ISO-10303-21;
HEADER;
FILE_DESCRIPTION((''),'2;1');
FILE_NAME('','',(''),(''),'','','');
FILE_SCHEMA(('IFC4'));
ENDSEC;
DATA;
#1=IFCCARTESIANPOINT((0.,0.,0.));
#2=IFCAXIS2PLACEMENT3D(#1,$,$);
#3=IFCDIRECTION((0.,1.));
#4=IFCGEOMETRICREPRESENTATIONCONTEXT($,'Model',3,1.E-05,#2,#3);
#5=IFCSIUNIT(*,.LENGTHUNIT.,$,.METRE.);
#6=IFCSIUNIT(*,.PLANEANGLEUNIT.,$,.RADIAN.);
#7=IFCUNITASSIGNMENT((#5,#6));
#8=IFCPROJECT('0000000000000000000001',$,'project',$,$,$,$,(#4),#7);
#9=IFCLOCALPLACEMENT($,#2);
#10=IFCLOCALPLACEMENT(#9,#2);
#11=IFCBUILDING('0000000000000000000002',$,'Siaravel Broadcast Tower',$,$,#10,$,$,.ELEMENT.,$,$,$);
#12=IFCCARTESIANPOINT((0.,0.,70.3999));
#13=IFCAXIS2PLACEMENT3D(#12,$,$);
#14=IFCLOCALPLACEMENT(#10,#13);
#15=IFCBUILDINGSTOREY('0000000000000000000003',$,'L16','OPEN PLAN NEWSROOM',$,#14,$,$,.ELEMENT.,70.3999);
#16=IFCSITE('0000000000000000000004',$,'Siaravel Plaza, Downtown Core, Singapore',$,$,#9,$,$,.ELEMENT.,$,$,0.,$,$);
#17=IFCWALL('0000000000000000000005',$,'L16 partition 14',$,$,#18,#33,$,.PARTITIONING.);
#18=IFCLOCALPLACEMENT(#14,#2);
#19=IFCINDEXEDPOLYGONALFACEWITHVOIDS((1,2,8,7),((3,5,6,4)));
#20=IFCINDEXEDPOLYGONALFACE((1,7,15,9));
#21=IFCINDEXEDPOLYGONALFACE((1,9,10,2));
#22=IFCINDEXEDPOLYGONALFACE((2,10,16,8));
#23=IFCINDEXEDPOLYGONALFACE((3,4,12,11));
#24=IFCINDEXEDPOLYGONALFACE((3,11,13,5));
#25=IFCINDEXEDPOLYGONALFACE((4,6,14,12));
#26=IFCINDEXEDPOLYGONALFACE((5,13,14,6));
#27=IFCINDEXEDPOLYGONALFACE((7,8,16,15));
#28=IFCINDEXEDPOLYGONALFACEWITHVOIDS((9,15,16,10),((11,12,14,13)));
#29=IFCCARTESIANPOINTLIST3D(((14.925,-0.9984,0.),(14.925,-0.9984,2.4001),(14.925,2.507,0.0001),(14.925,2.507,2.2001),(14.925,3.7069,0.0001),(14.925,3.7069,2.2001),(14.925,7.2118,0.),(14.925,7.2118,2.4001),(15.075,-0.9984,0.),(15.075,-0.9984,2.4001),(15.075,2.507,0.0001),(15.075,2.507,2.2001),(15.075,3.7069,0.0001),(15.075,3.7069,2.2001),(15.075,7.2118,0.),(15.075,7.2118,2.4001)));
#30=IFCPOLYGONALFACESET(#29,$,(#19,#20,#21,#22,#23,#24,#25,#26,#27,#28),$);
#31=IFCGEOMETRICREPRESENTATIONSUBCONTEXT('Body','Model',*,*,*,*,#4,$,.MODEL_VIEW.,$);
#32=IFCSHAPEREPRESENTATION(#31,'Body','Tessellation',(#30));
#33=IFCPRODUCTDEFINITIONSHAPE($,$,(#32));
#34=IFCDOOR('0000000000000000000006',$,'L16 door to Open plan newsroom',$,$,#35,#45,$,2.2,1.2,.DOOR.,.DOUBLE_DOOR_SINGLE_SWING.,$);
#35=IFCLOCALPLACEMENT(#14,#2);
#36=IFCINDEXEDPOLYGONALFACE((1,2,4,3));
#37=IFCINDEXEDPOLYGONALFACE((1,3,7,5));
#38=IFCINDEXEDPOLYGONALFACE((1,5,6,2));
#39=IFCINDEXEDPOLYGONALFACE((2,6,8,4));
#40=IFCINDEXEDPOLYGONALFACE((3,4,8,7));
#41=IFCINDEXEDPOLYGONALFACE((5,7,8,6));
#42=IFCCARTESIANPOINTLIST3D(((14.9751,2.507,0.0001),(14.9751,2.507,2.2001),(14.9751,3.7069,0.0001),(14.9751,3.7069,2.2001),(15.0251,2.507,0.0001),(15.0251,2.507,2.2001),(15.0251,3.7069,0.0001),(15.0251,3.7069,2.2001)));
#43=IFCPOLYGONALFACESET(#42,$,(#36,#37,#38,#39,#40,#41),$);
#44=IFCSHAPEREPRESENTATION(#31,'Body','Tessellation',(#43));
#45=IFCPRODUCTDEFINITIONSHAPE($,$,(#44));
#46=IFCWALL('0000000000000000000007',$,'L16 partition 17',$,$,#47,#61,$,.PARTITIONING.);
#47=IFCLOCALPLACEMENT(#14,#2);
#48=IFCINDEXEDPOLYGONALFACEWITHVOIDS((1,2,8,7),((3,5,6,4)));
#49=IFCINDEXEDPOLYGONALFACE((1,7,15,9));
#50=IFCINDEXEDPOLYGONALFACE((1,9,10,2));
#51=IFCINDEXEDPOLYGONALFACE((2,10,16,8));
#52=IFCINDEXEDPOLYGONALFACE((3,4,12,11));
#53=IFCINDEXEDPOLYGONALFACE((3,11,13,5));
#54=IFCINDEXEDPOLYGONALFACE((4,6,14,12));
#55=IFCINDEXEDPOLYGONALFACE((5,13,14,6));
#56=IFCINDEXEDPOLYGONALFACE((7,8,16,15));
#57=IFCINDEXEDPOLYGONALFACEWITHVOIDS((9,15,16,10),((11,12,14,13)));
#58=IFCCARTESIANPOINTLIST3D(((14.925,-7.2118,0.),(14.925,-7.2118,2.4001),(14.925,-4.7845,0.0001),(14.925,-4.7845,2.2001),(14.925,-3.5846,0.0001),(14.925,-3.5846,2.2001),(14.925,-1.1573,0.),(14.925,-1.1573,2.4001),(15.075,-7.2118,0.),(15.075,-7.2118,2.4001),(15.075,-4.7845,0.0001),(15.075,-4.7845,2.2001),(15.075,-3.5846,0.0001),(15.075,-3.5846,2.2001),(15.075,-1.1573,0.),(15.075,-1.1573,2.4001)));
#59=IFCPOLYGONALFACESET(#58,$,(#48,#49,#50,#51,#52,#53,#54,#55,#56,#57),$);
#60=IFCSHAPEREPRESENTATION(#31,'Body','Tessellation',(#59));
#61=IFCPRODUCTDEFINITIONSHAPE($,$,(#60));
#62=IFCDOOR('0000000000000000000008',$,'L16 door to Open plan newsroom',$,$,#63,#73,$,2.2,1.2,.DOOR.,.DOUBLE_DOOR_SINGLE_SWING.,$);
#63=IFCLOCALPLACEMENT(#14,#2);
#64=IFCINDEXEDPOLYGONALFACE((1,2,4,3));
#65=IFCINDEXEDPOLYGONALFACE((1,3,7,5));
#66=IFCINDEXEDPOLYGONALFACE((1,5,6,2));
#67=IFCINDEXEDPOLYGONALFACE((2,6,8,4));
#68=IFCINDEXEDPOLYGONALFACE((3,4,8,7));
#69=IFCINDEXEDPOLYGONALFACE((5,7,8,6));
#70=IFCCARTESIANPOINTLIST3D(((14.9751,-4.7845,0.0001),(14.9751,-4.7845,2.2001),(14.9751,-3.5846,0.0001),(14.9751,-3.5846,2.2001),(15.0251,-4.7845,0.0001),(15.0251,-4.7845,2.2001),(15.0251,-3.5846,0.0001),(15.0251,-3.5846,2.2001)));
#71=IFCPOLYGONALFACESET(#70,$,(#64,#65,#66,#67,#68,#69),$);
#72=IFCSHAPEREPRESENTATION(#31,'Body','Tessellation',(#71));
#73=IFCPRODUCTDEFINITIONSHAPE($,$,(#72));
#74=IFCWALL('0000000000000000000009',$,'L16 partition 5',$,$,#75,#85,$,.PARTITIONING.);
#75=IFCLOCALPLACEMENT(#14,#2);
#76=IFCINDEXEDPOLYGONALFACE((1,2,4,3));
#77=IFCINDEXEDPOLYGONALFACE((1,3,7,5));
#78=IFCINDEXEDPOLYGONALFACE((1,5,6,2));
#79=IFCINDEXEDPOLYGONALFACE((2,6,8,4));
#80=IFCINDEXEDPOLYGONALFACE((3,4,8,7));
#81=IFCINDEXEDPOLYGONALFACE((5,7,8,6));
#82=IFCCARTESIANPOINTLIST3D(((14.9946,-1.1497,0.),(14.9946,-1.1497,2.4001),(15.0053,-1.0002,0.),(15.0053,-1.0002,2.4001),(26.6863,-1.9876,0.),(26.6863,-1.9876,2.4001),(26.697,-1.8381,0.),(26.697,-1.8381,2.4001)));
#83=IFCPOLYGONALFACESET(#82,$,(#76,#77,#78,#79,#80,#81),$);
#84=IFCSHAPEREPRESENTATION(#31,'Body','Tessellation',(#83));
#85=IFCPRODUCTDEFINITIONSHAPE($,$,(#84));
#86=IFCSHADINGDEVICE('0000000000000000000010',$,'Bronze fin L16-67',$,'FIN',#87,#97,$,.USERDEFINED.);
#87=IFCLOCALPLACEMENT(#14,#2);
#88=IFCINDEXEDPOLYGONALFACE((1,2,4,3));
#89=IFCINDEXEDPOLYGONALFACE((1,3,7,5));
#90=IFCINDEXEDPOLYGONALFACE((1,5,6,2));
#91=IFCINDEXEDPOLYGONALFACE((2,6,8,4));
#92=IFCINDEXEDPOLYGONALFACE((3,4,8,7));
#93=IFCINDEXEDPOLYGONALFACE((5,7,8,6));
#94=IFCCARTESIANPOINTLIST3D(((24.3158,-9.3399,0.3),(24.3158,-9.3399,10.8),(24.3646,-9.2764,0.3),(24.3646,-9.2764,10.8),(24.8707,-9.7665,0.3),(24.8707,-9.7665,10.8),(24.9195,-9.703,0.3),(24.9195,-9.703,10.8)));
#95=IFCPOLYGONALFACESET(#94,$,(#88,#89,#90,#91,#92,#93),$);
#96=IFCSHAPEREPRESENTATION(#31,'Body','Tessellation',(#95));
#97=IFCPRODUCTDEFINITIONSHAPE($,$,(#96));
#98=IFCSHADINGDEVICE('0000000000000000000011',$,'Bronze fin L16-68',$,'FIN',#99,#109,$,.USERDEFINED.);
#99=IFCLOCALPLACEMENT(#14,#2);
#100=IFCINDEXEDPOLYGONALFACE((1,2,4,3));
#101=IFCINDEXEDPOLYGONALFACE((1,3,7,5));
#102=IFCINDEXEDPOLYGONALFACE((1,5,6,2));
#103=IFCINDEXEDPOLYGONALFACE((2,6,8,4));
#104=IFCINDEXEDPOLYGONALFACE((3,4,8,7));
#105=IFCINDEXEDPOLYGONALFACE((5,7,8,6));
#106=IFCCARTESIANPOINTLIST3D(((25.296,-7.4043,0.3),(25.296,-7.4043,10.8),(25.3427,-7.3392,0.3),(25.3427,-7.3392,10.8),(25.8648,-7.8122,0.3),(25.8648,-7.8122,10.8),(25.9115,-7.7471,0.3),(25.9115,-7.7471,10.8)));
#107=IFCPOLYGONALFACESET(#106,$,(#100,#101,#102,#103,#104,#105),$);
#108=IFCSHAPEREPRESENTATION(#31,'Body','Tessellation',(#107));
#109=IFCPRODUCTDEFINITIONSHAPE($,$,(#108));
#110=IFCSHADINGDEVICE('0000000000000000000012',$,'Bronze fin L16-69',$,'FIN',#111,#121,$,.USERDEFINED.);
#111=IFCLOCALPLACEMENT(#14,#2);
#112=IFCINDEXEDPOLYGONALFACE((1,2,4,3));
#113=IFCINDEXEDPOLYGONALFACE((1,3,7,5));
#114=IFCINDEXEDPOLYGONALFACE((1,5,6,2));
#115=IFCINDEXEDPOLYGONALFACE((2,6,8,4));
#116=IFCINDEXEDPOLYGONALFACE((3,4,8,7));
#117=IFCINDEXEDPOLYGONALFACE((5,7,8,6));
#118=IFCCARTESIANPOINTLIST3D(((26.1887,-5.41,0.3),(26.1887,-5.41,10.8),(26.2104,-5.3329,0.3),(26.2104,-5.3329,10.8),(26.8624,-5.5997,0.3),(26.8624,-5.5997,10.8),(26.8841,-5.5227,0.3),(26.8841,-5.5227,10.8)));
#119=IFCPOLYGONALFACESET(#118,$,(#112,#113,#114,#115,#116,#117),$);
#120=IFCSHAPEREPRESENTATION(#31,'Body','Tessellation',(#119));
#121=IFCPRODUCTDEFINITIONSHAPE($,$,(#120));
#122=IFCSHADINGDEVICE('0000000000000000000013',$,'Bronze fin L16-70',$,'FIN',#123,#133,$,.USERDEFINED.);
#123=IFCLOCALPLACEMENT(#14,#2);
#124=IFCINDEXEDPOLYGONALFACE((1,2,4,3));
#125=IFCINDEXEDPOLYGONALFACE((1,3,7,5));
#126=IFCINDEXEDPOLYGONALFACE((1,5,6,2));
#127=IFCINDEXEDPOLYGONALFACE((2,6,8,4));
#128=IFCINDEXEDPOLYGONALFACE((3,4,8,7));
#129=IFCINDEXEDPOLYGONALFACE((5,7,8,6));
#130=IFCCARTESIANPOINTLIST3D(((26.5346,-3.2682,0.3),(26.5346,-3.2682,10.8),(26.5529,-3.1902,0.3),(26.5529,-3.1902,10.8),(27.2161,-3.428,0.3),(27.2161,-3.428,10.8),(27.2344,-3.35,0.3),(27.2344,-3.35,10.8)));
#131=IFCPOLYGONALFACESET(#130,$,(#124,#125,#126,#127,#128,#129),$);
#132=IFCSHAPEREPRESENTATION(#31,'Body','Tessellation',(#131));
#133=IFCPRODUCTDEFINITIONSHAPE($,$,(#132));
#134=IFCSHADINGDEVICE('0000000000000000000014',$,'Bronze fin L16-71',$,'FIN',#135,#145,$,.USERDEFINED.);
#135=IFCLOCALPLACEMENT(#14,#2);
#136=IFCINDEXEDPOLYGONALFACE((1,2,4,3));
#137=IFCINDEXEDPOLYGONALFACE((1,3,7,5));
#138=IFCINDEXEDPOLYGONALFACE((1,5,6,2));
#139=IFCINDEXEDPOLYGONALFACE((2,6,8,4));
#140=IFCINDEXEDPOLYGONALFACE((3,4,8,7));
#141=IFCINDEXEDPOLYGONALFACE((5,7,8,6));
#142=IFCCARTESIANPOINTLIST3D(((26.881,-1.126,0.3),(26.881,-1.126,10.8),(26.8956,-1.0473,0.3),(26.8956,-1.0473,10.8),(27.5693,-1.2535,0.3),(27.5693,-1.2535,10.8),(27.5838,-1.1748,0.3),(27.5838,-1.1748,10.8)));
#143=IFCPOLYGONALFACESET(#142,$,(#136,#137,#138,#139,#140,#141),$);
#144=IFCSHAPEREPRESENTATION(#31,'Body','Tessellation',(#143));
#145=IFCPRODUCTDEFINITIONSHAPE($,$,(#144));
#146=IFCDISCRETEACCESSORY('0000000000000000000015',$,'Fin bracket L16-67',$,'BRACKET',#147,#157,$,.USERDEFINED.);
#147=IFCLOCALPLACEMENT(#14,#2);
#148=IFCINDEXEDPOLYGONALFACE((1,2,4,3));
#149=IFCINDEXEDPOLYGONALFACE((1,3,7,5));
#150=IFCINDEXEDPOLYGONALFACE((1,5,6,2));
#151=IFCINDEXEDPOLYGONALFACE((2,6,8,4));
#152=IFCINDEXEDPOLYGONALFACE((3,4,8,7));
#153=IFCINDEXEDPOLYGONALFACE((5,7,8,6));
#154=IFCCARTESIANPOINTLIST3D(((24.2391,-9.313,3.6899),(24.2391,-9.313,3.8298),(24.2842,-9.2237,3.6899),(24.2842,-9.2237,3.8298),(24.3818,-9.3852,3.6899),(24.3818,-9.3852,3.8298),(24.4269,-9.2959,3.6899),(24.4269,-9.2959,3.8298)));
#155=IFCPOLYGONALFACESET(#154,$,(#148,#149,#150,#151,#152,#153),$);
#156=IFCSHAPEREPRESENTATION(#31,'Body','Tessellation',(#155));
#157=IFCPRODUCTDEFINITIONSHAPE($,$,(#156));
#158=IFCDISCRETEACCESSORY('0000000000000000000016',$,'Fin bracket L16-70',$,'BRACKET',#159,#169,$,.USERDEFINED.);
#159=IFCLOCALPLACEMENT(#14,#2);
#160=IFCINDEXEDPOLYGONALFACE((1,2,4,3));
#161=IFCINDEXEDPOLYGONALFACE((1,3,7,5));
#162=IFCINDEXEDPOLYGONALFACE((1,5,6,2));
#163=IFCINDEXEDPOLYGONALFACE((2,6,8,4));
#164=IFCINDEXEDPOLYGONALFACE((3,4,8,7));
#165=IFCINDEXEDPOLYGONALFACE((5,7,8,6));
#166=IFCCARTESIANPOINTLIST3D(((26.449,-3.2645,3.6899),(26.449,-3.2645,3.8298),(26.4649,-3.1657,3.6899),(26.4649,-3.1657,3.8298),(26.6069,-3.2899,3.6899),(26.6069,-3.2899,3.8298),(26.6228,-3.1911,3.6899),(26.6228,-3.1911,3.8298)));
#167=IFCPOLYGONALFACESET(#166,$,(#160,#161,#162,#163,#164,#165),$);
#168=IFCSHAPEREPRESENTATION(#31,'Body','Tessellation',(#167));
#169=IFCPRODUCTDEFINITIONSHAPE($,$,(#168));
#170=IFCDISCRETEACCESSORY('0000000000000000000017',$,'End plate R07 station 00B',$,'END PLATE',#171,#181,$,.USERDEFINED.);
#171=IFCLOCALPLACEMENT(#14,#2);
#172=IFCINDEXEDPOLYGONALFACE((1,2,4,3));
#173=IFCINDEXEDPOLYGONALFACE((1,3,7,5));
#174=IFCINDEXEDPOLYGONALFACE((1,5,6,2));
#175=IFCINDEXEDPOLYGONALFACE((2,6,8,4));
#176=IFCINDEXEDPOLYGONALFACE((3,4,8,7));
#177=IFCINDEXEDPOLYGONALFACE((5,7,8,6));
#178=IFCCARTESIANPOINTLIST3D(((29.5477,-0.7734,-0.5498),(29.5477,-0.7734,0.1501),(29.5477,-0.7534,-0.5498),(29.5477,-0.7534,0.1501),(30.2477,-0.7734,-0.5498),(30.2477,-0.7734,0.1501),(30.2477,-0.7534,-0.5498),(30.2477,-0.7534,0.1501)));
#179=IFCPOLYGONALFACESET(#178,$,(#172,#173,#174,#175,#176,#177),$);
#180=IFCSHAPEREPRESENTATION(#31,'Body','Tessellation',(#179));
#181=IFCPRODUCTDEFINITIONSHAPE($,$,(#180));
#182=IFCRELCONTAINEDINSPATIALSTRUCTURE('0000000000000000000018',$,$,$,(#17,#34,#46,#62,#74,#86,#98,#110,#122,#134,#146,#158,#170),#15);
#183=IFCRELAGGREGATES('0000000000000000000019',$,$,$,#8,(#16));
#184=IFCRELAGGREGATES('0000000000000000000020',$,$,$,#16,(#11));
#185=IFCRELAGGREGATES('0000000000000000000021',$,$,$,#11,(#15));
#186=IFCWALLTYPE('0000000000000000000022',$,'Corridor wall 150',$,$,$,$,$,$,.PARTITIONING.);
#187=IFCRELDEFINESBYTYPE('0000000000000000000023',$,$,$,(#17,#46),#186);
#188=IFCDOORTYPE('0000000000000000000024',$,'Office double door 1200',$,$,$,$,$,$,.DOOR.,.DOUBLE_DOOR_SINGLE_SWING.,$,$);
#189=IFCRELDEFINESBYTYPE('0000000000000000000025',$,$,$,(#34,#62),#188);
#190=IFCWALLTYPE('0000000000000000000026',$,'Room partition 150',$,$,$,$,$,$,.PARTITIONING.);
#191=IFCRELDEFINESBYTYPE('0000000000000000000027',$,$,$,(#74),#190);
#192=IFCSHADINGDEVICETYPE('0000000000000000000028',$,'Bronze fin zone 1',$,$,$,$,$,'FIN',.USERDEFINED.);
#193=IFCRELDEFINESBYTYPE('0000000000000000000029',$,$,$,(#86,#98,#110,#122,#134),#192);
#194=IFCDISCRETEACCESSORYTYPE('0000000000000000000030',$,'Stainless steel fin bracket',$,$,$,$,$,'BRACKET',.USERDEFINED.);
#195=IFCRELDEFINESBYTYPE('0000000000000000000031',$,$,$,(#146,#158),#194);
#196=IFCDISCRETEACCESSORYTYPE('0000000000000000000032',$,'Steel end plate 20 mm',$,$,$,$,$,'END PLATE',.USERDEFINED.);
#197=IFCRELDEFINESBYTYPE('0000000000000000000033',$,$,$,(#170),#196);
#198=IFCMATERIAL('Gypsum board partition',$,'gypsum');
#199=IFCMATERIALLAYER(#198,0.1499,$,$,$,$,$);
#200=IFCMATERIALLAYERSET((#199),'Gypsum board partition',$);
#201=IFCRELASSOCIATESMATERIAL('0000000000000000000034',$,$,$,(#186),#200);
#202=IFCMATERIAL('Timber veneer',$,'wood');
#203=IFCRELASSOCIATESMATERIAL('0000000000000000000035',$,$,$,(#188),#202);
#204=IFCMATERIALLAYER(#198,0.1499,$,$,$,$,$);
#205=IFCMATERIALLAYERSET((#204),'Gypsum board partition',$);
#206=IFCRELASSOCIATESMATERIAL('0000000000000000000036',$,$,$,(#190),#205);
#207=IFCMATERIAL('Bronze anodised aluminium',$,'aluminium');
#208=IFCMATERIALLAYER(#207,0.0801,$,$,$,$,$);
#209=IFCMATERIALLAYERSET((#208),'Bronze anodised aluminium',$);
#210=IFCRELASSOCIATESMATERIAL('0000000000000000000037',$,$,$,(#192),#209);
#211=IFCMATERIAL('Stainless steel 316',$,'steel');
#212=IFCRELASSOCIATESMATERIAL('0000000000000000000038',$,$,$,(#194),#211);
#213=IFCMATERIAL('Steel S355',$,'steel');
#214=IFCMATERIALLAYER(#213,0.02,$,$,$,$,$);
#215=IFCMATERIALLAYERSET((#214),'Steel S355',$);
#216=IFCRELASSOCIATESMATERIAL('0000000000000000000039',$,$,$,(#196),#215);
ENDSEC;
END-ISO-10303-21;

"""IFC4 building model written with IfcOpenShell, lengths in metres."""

from ifc_helpers import new_model, si_unit, direction, frame, frame_2d, origin, origin_2d, place, context, subcontext, project, spatial, rectangle, extrude, material, layer, layer_set, type_object, element, fill, save


model = new_model("IFC4")

# Units and contexts
model_context = context("Model", 3, precision=1e-05, world=origin(), true_north=direction((0.0, 1.0)))
body_context = subcontext(model_context, "Body", "Model", "MODEL_VIEW")
ifc_project = project(units=[si_unit("LENGTHUNIT", "METRE"), si_unit("PLANEANGLEUNIT", "RADIAN")], contexts=[model_context])

# Site, building, storey
site_placement = place(None, origin())
site = spatial("IfcSite", under=ifc_project, at=site_placement, Name="Siaravel Plaza, Downtown Core, Singapore", CompositionType="ELEMENT", RefElevation=0.0)
building_placement = place(site_placement, origin())
building = spatial("IfcBuilding", under=site, at=building_placement, Name="Siaravel Broadcast Tower", CompositionType="ELEMENT")
storey_placement = place(building_placement, frame((0.0, 0.0, 70.3999)))
storey = spatial("IfcBuildingStorey", under=building, at=storey_placement, Name="L16", Description="OPEN PLAN NEWSROOM", CompositionType="ELEMENT", Elevation=70.3999)

# Shared definitions
ifc_material_1 = material(Name="Steel S355", Category="steel")

# Walls, openings, doors
ifc_material_2 = material(Name="Gypsum board partition", Category="gypsum")
ifc_layer_1 = layer(ifc_material_2, 0.1499)
ifc_layer_set_1 = layer_set([ifc_layer_1], Name="Gypsum board partition")
wall_type_1 = type_object("IfcWallType", Name="Corridor wall 150", PredefinedType="PARTITIONING", material=ifc_layer_set_1)
wall_1_placement = place(storey_placement, frame((15.0, -0.9983, 0.0), z_axis=(0.0, 0.0, 1.0), x_axis=(0.0, 1.0, 0.0)))
wall_1 = element("IfcWall", 1, at=wall_1_placement, inside=storey, type_object=wall_type_1, Name="L16 partition 14", PredefinedType="PARTITIONING", context=body_context, shape_type="SweptSolid", body=[
    extrude(rectangle(XDim=8.2102, YDim=0.1499, at=frame_2d((4.105, 0.0))), origin(), (0.0, 0.0, 1.0), 2.4001),
])
opening_1_placement = place(wall_1_placement, frame((3.5051, 0.0, 0.0)))
opening_1 = element("IfcOpeningElement", 2, at=opening_1_placement, cuts=wall_1, PredefinedType="OPENING", context=body_context, shape_type="SweptSolid", body=[
    extrude(rectangle(XDim=1.2, YDim=2.2, at=frame_2d((0.6001, 1.1001))), frame((0.0, 0.085, 0.0), z_axis=(0.0, -1.0, 0.0), x_axis=(1.0, 0.0, 0.0)), (0.0, 0.0, 1.0), 0.1699),
])
ifc_material_3 = material(Name="Timber veneer", Category="wood")
door_type = type_object("IfcDoorType", Name="Office double door 1200", OperationType="DOUBLE_DOOR_SINGLE_SWING", PredefinedType="DOOR", material=ifc_material_3)
door_1_placement = place(opening_1_placement, origin())
door_1 = element("IfcDoor", 3, at=door_1_placement, inside=storey, type_object=door_type, Name="L16 door to Open plan newsroom", OperationType="DOUBLE_DOOR_SINGLE_SWING", OverallHeight=2.2, OverallWidth=1.2, PredefinedType="DOOR", context=body_context, shape_type="SweptSolid", body=[
    extrude(rectangle(XDim=1.2, YDim=2.2, at=frame_2d((0.6001, 1.1001))), frame((0.0, 0.0249, 0.0), z_axis=(0.0, -1.0, 0.0), x_axis=(1.0, 0.0, 0.0)), (0.0, 0.0, 1.0), 0.05),
])
fill(opening_1, door_1)
wall_2_placement = place(storey_placement, frame((15.0, -7.2119, 0.0), z_axis=(0.0, 0.0, 1.0), x_axis=(0.0, 1.0, 0.0)))
wall_2 = element("IfcWall", 4, at=wall_2_placement, inside=storey, type_object=wall_type_1, Name="L16 partition 17", PredefinedType="PARTITIONING", context=body_context, shape_type="SweptSolid", body=[
    extrude(rectangle(XDim=6.0544, YDim=0.1499, at=frame_2d((3.0273, 0.0))), origin(), (0.0, 0.0, 1.0), 2.4001),
])
opening_2_placement = place(wall_2_placement, frame((2.4272, 0.0, 0.0)))
opening_2 = element("IfcOpeningElement", 5, at=opening_2_placement, cuts=wall_2, PredefinedType="OPENING", context=body_context, shape_type="SweptSolid", body=[
    extrude(rectangle(XDim=1.2, YDim=2.2, at=frame_2d((0.6001, 1.1001))), frame((0.0, 0.085, 0.0), z_axis=(0.0, -1.0, 0.0), x_axis=(1.0, 0.0, 0.0)), (0.0, 0.0, 1.0), 0.1699),
])
door_2_placement = place(opening_2_placement, origin())
door_2 = element("IfcDoor", 6, at=door_2_placement, inside=storey, type_object=door_type, Name="L16 door to Open plan newsroom", OperationType="DOUBLE_DOOR_SINGLE_SWING", OverallHeight=2.2, OverallWidth=1.2, PredefinedType="DOOR", context=body_context, shape_type="SweptSolid", body=[
    extrude(rectangle(XDim=1.2, YDim=2.2, at=frame_2d((0.6001, 1.1001))), frame((0.0, 0.0249, 0.0), z_axis=(0.0, -1.0, 0.0), x_axis=(1.0, 0.0, 0.0)), (0.0, 0.0, 1.0), 0.05),
])
fill(opening_2, door_2)

# Wall
ifc_layer_2 = layer(ifc_material_2, 0.1499)
ifc_layer_set_2 = layer_set([ifc_layer_2], Name="Gypsum board partition")
wall_type_2 = type_object("IfcWallType", Name="Room partition 150", PredefinedType="PARTITIONING", material=ifc_layer_set_2)
wall_3_placement = place(storey_placement, frame((26.6917, -1.9128, 0.0), z_axis=(0.0, 0.0, 1.0), x_axis=(-0.997442, 0.071482, 0.0)))
element("IfcWall", 7, at=wall_3_placement, inside=storey, type_object=wall_type_2, Name="L16 partition 5", PredefinedType="PARTITIONING", context=body_context, shape_type="SweptSolid", body=[
    extrude(rectangle(XDim=11.7217, YDim=0.1499, at=frame_2d((5.8608, 0.0))), origin(), (0.0, 0.0, 1.0), 2.4001),
])

# Shading devices
ifc_material_4 = material(Name="Bronze anodised aluminium", Category="aluminium")
ifc_layer_3 = layer(ifc_material_4, 0.0801)
ifc_layer_set_3 = layer_set([ifc_layer_3], Name="Bronze anodised aluminium")
shading_device_type = type_object("IfcShadingDeviceType", Name="Bronze fin zone 1", ElementType="FIN", PredefinedType="USERDEFINED", material=ifc_layer_set_3)
for number, where, z_axis, x_axis, name in (
    (8, (24.6177, -9.5215, 0.3), (0.0, 0.0, 1.0), (0.792827, -0.609447, 0.0), "Bronze fin L16-67"),
    (9, (25.6038, -7.5757, 0.3), (0.0, 0.0, 1.0), (0.812662, -0.582736, 0.0), "Bronze fin L16-68"),
    (10, (26.5364, -5.4663, 0.3), (0.0, 0.0, 1.0), (0.962548, -0.271113, 0.0), "Bronze fin L16-69"),
    (11, (26.8845, -3.3091, 0.3), (0.0, 0.0, 1.0), (0.9736, -0.228263, 0.0), "Bronze fin L16-70"),
    (12, (27.2324, -1.1504, 0.3), (0.0, 0.0, 1.0), (0.983274, -0.182134, 0.0), "Bronze fin L16-71"),
):
    element("IfcShadingDevice", number, at=place(storey_placement, frame(where, z_axis=z_axis, x_axis=x_axis)), inside=storey, type_object=shading_device_type, Name=name, ObjectType="FIN", PredefinedType="USERDEFINED", context=body_context, shape_type="SweptSolid", body=[
        extrude(rectangle(XDim=0.7, YDim=0.0801, at=origin_2d()), origin(), (0.0, 0.0, 1.0), 10.5),
    ])

# Discrete accessories
ifc_material_5 = material(Name="Stainless steel 316", Category="steel")
discrete_accessory_type_1 = type_object("IfcDiscreteAccessoryType", Name="Stainless steel fin bracket", ElementType="BRACKET", PredefinedType="USERDEFINED", material=ifc_material_5)
for number, where, z_axis, x_axis, name in (
    (13, (24.333, -9.3044, 3.6899), (0.0, 0.0, 1.0), (0.892392, -0.451261, 0.0), "Fin bracket L16-67"),
    (14, (26.5359, -3.2278, 3.6899), (0.0, 0.0, 1.0), (0.987329, -0.158685, 0.0), "Fin bracket L16-70"),
):
    element("IfcDiscreteAccessory", number, at=place(storey_placement, frame(where, z_axis=z_axis, x_axis=x_axis)), inside=storey, type_object=discrete_accessory_type_1, Name=name, ObjectType="BRACKET", PredefinedType="USERDEFINED", context=body_context, shape_type="SweptSolid", body=[
        extrude(rectangle(XDim=0.1599, YDim=0.1001, at=origin_2d()), origin(), (0.0, 0.0, 1.0), 0.1399),
    ])
ifc_layer_4 = layer(ifc_material_1, 0.02)
ifc_layer_set_4 = layer_set([ifc_layer_4], Name="Steel S355")
discrete_accessory_type_2 = type_object("IfcDiscreteAccessoryType", Name="Steel end plate 20 mm", ElementType="END PLATE", PredefinedType="USERDEFINED", material=ifc_layer_set_4)
discrete_accessory_placement = place(storey_placement, frame((29.8977, -0.7634, -0.5498), z_axis=(0.0, 0.0, 1.0), x_axis=(0.0, 1.0, 0.0)))
element("IfcDiscreteAccessory", 15, at=discrete_accessory_placement, inside=storey, type_object=discrete_accessory_type_2, Name="End plate R07 station 00B", ObjectType="END PLATE", PredefinedType="USERDEFINED", context=body_context, shape_type="SweptSolid", body=[
    extrude(rectangle(XDim=0.02, YDim=0.7, at=origin_2d()), origin(), (0.0, 0.0, 1.0), 0.7),
])

save(model, "model.ifc")
